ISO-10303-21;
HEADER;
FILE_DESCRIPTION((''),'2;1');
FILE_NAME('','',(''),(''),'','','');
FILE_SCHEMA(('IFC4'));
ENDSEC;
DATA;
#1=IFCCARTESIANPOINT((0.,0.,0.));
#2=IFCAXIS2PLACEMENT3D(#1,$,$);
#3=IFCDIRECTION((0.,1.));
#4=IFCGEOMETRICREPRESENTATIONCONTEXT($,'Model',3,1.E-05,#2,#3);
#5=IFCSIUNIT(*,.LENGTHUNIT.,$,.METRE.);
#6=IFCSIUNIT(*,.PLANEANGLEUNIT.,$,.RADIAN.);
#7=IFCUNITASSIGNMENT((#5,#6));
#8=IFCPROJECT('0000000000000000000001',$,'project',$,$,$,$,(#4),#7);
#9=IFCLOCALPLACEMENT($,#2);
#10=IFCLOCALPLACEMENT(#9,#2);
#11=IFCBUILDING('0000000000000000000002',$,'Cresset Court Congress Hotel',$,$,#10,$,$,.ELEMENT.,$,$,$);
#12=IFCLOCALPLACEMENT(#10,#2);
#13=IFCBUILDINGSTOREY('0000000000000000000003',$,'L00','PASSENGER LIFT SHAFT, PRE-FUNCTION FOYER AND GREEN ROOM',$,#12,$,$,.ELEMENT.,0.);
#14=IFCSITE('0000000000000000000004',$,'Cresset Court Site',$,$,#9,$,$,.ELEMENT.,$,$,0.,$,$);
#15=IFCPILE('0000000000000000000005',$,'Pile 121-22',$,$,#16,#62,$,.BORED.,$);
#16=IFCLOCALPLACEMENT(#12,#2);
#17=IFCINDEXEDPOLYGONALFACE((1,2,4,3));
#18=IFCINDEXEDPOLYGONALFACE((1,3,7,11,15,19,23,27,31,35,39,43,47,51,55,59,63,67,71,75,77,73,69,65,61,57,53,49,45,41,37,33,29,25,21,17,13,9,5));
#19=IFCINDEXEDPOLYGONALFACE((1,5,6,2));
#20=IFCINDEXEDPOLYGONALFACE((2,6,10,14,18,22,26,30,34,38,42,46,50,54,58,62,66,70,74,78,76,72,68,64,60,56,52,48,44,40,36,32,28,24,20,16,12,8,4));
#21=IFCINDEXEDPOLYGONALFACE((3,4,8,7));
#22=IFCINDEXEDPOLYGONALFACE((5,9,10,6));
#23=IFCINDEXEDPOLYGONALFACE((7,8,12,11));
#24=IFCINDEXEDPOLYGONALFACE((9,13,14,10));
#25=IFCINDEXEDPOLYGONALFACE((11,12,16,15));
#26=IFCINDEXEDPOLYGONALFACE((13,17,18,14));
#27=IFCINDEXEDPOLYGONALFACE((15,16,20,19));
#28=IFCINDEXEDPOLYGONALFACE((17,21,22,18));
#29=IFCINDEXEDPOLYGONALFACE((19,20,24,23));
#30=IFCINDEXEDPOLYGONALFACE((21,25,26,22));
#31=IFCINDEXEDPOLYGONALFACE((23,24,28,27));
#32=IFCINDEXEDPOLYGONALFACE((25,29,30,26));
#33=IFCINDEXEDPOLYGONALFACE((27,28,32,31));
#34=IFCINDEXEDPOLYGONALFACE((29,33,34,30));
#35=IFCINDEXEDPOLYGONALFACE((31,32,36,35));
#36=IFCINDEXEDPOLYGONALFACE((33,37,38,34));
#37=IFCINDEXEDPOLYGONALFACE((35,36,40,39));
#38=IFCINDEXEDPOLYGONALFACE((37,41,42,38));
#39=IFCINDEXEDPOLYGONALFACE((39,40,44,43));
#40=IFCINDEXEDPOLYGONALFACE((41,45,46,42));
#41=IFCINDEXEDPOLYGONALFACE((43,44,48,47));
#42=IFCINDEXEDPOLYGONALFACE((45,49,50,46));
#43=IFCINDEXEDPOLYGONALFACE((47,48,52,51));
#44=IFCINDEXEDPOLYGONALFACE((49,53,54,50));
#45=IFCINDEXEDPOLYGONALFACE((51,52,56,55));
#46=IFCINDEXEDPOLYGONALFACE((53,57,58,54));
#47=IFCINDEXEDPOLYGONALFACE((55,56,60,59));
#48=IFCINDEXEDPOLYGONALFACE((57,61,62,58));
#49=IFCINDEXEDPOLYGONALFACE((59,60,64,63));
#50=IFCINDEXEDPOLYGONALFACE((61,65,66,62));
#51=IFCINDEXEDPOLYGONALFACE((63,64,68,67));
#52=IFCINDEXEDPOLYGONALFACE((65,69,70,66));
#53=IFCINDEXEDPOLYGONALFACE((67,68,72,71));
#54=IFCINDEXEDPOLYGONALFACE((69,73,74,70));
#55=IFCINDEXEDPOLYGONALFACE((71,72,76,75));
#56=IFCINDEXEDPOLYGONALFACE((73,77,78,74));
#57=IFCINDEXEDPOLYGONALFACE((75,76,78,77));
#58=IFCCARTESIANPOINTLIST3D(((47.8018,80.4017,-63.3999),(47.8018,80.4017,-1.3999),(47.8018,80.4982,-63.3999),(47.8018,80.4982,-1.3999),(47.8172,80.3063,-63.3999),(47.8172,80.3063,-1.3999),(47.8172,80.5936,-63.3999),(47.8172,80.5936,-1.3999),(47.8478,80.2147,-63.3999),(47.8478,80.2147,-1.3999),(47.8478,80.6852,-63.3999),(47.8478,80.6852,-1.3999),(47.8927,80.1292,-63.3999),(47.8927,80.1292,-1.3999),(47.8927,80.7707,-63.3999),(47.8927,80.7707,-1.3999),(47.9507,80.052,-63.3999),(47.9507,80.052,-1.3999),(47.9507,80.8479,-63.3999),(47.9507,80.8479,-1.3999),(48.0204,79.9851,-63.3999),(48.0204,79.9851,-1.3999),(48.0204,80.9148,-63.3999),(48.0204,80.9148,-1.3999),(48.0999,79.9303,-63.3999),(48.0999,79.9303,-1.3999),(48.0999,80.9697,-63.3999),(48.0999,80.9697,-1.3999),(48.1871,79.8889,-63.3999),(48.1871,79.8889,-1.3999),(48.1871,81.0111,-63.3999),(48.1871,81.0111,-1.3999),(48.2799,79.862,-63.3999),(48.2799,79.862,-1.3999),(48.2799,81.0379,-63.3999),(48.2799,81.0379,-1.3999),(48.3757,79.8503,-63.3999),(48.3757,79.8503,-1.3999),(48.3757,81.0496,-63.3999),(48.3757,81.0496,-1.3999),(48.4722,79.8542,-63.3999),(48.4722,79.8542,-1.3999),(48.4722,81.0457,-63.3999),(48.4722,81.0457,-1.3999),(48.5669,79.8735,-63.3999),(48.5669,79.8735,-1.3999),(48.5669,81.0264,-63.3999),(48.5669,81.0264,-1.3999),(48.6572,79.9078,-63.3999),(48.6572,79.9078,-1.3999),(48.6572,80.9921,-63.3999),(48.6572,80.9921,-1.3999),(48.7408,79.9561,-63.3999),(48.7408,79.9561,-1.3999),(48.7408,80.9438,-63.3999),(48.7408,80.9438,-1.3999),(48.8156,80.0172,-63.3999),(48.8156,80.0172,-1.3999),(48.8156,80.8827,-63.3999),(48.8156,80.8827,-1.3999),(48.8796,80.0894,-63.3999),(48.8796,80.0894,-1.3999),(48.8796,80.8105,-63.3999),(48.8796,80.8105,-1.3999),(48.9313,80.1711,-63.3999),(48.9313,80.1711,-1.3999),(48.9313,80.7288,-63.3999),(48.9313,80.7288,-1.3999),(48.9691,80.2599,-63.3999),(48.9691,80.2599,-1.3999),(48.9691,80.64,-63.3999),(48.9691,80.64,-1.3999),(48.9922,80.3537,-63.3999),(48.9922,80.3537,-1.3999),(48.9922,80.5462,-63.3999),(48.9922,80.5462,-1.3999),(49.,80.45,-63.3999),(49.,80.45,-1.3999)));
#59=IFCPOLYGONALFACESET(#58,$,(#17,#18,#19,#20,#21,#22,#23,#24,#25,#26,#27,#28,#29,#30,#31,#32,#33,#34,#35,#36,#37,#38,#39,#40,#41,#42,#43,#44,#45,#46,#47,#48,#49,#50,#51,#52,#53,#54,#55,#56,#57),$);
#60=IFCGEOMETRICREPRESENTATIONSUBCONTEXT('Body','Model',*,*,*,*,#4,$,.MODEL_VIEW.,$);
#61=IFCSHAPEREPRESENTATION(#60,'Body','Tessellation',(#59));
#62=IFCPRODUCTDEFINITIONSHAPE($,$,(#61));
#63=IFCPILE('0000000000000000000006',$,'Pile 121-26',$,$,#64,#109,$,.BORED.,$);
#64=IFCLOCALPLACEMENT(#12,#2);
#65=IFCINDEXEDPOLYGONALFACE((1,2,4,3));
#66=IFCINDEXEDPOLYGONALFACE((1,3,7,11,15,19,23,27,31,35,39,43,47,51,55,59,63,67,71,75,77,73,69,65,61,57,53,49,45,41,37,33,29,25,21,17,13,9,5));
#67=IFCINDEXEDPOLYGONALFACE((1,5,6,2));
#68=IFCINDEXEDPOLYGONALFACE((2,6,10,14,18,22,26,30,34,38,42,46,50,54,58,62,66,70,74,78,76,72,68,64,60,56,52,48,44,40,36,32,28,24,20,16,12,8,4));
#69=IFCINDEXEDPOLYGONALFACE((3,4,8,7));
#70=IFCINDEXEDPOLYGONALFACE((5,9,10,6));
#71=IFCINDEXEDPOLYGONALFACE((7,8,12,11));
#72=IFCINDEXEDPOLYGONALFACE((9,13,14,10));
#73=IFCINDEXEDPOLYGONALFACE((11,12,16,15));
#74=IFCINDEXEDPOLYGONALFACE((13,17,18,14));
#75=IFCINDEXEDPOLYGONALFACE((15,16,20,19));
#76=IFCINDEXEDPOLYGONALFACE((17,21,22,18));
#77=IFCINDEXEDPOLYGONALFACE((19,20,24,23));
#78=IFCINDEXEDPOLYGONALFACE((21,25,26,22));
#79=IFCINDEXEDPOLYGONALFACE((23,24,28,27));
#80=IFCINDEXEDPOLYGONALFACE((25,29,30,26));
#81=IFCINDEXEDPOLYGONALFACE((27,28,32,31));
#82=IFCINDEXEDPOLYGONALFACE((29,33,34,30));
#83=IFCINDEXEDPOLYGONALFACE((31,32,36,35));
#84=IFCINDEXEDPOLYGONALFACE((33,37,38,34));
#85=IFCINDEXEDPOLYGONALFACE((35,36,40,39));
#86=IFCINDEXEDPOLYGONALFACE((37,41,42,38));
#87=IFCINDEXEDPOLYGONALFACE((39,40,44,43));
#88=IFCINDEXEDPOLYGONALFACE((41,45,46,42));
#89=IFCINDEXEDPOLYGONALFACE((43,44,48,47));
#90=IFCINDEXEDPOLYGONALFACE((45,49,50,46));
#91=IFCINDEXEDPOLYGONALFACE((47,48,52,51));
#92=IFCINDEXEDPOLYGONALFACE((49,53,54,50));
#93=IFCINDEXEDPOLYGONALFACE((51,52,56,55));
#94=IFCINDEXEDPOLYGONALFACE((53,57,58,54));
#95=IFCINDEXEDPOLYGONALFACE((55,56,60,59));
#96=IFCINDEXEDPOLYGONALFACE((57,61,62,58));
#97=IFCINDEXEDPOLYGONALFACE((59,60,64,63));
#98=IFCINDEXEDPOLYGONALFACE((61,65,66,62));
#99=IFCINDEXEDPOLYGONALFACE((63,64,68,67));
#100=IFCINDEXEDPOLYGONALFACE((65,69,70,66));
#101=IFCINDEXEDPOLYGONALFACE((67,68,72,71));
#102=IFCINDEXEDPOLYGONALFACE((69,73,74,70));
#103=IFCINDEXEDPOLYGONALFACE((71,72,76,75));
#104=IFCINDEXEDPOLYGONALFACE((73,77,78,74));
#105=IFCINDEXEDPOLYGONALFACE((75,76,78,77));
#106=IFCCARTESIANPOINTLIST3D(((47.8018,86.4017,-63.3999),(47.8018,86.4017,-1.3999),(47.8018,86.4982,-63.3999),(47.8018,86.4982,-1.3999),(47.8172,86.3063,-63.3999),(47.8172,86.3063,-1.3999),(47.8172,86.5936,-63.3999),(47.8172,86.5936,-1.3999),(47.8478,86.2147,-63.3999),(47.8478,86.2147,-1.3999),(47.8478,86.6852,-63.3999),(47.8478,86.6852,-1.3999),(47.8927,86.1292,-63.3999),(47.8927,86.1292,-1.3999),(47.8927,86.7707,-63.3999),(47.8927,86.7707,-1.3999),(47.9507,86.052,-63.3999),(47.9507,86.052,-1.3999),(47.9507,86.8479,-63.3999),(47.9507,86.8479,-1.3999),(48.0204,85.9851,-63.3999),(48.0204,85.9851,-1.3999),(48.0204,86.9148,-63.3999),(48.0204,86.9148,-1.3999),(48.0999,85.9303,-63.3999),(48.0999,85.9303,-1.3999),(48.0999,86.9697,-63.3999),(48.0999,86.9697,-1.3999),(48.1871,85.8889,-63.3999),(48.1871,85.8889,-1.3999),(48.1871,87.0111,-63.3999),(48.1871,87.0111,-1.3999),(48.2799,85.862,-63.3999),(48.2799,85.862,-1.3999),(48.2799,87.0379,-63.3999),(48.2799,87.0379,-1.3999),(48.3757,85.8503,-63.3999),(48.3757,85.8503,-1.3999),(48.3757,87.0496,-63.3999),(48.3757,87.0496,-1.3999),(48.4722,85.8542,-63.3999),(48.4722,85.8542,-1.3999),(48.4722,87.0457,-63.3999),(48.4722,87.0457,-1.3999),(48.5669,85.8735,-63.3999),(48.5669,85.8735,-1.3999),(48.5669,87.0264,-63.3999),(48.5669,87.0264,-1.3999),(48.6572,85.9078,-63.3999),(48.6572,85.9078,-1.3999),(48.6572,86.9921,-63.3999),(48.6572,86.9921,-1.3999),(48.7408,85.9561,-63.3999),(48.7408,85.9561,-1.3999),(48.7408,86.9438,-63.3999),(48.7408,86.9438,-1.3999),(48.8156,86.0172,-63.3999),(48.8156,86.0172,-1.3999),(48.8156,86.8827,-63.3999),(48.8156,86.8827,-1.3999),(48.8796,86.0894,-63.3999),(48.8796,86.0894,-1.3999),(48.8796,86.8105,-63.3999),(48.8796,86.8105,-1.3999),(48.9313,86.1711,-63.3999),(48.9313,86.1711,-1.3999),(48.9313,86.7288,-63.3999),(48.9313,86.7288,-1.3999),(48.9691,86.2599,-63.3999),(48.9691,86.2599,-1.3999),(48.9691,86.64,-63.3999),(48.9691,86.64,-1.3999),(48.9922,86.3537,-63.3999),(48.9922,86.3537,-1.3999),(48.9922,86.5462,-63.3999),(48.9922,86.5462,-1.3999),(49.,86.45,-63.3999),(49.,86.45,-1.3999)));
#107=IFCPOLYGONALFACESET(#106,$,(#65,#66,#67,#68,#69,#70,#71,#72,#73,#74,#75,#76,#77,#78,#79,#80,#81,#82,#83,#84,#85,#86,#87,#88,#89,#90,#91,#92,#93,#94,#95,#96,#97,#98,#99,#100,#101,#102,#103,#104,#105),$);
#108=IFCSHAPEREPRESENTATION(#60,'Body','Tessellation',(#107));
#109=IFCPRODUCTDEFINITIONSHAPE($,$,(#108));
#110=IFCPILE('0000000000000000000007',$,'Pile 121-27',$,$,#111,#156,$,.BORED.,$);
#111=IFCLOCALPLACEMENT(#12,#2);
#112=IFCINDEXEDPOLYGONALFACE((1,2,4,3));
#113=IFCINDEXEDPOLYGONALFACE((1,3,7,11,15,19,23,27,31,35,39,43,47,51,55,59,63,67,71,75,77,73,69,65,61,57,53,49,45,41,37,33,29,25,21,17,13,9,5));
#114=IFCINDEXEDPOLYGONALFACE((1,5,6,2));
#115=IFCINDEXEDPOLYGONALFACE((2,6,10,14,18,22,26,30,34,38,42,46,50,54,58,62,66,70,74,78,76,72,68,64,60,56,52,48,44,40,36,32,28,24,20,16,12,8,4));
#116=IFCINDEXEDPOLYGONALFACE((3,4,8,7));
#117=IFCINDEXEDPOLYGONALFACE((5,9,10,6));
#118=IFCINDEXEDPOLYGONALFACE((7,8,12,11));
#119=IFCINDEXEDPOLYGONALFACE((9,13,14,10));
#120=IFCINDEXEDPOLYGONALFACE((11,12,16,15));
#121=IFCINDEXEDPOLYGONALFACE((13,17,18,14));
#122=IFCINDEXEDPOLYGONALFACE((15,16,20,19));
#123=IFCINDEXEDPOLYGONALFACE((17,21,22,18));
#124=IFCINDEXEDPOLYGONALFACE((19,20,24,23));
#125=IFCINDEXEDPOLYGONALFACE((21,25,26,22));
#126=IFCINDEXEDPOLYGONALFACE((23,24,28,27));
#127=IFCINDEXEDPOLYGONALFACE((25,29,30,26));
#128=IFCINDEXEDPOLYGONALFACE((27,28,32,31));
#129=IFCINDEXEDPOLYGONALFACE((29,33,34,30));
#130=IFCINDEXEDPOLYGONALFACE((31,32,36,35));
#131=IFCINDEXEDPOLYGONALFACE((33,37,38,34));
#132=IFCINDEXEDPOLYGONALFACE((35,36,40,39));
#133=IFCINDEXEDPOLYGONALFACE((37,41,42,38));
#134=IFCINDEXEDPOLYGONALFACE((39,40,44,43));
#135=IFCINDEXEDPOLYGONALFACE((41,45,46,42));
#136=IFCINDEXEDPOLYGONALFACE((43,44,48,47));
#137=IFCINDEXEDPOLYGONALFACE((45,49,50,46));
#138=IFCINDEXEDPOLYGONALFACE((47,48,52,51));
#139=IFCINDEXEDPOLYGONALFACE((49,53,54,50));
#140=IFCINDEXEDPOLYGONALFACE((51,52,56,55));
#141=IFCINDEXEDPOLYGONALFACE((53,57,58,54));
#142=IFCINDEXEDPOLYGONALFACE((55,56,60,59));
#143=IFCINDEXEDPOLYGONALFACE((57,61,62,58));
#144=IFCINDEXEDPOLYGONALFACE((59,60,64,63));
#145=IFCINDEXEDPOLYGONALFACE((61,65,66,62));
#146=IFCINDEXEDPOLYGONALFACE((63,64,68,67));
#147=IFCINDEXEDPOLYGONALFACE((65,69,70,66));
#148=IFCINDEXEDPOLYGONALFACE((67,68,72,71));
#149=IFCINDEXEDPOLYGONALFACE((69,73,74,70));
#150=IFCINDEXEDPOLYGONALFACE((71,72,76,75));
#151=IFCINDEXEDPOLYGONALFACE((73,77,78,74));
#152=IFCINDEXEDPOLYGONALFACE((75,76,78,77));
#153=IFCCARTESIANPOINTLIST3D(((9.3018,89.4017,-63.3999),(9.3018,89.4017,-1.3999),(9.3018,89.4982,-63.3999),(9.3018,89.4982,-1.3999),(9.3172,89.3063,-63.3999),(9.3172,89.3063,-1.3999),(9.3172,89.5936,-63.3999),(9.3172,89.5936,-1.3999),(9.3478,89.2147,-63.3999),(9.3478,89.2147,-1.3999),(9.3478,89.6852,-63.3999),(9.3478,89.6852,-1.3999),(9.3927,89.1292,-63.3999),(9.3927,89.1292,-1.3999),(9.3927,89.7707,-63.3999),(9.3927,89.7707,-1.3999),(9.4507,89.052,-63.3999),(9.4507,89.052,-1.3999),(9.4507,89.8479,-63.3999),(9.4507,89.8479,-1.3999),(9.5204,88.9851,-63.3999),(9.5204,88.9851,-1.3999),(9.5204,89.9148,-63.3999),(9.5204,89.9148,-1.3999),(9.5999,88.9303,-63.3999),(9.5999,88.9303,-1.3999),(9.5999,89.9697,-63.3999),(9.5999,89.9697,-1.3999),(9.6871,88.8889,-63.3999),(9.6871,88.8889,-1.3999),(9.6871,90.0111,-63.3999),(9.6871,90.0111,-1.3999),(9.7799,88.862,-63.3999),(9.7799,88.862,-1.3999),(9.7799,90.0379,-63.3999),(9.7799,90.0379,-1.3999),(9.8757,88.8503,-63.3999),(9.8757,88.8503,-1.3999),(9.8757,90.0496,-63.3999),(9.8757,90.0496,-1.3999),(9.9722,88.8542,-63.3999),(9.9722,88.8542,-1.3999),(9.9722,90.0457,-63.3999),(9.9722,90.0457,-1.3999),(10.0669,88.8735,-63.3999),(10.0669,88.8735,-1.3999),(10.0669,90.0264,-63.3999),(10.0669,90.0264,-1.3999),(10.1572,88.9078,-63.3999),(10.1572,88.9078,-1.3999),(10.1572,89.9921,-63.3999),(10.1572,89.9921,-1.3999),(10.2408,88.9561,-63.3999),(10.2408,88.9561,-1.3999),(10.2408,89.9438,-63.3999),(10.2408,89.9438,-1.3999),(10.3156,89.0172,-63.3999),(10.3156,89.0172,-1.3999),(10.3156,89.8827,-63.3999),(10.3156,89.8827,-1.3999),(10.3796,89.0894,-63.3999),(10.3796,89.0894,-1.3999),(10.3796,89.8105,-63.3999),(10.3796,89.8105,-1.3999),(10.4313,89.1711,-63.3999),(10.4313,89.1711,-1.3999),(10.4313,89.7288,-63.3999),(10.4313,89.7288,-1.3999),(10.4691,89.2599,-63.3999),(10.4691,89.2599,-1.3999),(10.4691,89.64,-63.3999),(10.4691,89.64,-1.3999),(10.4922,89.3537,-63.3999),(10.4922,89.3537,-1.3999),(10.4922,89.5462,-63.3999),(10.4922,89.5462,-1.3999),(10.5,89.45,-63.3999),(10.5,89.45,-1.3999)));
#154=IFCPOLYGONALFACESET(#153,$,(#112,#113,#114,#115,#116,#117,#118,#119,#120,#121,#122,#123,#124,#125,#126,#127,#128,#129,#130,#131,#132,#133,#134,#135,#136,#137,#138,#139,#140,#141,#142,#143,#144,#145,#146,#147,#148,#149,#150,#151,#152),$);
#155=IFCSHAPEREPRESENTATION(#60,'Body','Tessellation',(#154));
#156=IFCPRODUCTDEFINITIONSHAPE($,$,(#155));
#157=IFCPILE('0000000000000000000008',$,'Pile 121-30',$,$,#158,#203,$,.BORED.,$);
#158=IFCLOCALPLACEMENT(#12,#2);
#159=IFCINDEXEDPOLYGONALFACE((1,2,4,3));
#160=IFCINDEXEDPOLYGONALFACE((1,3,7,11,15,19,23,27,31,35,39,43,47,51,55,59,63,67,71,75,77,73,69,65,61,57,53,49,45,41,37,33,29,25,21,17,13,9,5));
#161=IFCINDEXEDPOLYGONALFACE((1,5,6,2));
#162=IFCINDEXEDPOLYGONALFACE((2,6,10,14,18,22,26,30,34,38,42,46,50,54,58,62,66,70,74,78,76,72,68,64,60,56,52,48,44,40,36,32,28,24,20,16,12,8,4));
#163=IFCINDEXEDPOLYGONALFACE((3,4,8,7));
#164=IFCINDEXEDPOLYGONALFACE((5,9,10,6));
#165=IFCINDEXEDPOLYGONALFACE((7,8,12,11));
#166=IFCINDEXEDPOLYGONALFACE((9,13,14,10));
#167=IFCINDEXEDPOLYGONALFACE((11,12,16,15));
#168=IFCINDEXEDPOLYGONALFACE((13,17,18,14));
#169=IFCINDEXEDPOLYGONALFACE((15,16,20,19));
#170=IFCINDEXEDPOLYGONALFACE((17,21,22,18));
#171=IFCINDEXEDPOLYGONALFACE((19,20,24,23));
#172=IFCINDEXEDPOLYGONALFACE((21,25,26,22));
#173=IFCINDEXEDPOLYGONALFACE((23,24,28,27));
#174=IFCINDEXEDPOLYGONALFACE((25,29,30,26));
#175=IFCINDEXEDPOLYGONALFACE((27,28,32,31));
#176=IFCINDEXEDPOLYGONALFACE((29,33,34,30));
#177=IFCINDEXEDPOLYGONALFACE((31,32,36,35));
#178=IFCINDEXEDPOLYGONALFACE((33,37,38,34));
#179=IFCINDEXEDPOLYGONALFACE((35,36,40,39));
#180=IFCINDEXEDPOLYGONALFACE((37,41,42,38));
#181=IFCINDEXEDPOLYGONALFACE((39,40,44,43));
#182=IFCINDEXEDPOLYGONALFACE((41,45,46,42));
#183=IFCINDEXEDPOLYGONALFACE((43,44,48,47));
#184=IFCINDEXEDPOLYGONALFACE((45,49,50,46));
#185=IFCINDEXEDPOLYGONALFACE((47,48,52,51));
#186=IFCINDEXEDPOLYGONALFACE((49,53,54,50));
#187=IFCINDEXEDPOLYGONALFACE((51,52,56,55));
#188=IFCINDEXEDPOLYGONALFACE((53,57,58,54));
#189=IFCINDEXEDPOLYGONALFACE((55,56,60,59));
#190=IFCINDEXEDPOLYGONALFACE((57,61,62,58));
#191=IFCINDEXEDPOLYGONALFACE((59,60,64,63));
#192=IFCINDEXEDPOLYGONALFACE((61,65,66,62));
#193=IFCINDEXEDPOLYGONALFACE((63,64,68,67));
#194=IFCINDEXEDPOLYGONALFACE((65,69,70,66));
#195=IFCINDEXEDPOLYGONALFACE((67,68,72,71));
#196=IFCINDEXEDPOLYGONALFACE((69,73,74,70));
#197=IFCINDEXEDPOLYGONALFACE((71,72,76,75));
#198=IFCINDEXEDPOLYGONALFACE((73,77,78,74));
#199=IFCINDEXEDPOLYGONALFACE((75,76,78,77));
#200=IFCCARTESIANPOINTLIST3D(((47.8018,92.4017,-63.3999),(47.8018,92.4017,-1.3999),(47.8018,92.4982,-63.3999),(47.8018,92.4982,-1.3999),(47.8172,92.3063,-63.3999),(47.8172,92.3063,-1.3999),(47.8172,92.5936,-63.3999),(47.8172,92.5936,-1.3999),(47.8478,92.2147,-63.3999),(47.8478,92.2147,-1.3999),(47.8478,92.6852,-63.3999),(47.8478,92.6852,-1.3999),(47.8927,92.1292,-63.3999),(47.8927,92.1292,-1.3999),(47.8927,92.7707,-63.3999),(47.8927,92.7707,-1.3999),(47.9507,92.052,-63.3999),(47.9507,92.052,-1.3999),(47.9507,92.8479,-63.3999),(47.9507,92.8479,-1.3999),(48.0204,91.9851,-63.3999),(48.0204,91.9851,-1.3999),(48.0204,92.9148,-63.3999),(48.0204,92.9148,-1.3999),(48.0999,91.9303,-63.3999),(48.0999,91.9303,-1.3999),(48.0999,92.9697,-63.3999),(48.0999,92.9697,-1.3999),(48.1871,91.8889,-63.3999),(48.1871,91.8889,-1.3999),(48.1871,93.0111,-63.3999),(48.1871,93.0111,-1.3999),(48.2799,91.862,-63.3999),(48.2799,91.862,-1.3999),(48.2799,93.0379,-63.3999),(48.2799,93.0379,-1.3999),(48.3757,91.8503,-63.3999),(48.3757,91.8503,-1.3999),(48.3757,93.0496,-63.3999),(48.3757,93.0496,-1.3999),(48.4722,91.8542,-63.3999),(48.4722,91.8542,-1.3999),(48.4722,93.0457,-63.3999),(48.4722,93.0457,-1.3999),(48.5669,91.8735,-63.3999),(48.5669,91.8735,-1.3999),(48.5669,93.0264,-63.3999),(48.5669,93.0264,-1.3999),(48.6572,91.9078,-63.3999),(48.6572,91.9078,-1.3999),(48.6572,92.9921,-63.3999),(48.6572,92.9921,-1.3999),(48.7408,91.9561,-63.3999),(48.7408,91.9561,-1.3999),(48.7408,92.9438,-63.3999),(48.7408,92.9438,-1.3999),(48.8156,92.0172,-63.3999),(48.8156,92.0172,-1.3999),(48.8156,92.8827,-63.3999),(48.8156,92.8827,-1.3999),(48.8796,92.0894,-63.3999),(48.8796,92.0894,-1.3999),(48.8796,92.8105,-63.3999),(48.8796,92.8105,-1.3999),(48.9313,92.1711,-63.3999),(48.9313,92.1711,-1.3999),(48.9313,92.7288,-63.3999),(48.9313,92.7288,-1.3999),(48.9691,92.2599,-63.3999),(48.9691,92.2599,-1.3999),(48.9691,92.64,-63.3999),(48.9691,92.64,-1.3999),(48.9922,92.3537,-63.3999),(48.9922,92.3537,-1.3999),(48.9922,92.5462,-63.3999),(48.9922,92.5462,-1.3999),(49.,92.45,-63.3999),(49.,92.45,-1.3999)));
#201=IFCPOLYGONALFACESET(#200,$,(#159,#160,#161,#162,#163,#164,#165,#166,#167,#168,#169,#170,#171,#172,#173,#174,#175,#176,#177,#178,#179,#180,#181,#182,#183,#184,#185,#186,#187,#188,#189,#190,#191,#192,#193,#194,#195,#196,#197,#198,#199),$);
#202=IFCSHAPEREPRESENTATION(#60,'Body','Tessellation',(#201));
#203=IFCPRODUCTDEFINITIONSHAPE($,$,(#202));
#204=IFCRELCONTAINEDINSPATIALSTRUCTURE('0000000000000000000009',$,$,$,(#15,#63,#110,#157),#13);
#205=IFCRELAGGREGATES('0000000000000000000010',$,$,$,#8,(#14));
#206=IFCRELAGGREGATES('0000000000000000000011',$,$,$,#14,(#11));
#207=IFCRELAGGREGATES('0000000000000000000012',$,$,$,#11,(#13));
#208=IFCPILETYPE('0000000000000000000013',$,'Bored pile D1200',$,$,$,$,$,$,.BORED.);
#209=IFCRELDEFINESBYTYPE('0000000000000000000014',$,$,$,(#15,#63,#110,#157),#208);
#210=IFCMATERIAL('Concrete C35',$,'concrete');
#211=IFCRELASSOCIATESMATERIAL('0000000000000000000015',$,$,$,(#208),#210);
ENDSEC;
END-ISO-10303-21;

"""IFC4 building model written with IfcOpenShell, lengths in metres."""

from ifc_helpers import new_model, si_unit, direction, frame, origin, origin_2d, place, context, subcontext, project, spatial, circle, extrude, material, type_object, element, save


model = new_model("IFC4")

# Units and contexts
model_context = context("Model", 3, precision=1e-05, world=origin(), true_north=direction((0.0, 1.0)))
body_context = subcontext(model_context, "Body", "Model", "MODEL_VIEW")
ifc_project = project(units=[si_unit("LENGTHUNIT", "METRE"), si_unit("PLANEANGLEUNIT", "RADIAN")], contexts=[model_context])

# Site, building, storey
site_placement = place(None, origin())
site = spatial("IfcSite", under=ifc_project, at=site_placement, Name="Cresset Court Site", CompositionType="ELEMENT", RefElevation=0.0)
building_placement = place(site_placement, origin())
building = spatial("IfcBuilding", under=site, at=building_placement, Name="Cresset Court Congress Hotel", CompositionType="ELEMENT")
storey_placement = place(building_placement, origin())
storey = spatial("IfcBuildingStorey", under=building, at=storey_placement, Name="L00", Description="PASSENGER LIFT SHAFT, PRE-FUNCTION FOYER AND GREEN ROOM", CompositionType="ELEMENT", Elevation=0.0)

# Piles
ifc_material_1 = material(Name="Concrete C35", Category="concrete")
pile_type = type_object("IfcPileType", Name="Bored pile D1200", PredefinedType="BORED", material=ifc_material_1)
for number, where, z_axis, x_axis, name in (
    (1, (48.3999, 80.45, -1.3999), (0.0, 0.0, -1.0), (1.0, 0.0, 0.0), "Pile 121-22"),
    (2, (48.3999, 86.45, -1.3999), (0.0, 0.0, -1.0), (1.0, 0.0, 0.0), "Pile 121-26"),
    (3, (9.8999, 89.45, -1.3999), (0.0, 0.0, -1.0), (1.0, 0.0, 0.0), "Pile 121-27"),
    (4, (48.3999, 92.45, -1.3999), (0.0, 0.0, -1.0), (1.0, 0.0, 0.0), "Pile 121-30"),
):
    element("IfcPile", number, at=place(storey_placement, frame(where, z_axis=z_axis, x_axis=x_axis)), inside=storey, type_object=pile_type, Name=name, PredefinedType="BORED", context=body_context, shape_type="SweptSolid", body=[
        extrude(circle(Radius=0.6001, at=origin_2d()), origin(), (0.0, 0.0, 1.0), 62.0),
    ])

save(model, "model.ifc")
